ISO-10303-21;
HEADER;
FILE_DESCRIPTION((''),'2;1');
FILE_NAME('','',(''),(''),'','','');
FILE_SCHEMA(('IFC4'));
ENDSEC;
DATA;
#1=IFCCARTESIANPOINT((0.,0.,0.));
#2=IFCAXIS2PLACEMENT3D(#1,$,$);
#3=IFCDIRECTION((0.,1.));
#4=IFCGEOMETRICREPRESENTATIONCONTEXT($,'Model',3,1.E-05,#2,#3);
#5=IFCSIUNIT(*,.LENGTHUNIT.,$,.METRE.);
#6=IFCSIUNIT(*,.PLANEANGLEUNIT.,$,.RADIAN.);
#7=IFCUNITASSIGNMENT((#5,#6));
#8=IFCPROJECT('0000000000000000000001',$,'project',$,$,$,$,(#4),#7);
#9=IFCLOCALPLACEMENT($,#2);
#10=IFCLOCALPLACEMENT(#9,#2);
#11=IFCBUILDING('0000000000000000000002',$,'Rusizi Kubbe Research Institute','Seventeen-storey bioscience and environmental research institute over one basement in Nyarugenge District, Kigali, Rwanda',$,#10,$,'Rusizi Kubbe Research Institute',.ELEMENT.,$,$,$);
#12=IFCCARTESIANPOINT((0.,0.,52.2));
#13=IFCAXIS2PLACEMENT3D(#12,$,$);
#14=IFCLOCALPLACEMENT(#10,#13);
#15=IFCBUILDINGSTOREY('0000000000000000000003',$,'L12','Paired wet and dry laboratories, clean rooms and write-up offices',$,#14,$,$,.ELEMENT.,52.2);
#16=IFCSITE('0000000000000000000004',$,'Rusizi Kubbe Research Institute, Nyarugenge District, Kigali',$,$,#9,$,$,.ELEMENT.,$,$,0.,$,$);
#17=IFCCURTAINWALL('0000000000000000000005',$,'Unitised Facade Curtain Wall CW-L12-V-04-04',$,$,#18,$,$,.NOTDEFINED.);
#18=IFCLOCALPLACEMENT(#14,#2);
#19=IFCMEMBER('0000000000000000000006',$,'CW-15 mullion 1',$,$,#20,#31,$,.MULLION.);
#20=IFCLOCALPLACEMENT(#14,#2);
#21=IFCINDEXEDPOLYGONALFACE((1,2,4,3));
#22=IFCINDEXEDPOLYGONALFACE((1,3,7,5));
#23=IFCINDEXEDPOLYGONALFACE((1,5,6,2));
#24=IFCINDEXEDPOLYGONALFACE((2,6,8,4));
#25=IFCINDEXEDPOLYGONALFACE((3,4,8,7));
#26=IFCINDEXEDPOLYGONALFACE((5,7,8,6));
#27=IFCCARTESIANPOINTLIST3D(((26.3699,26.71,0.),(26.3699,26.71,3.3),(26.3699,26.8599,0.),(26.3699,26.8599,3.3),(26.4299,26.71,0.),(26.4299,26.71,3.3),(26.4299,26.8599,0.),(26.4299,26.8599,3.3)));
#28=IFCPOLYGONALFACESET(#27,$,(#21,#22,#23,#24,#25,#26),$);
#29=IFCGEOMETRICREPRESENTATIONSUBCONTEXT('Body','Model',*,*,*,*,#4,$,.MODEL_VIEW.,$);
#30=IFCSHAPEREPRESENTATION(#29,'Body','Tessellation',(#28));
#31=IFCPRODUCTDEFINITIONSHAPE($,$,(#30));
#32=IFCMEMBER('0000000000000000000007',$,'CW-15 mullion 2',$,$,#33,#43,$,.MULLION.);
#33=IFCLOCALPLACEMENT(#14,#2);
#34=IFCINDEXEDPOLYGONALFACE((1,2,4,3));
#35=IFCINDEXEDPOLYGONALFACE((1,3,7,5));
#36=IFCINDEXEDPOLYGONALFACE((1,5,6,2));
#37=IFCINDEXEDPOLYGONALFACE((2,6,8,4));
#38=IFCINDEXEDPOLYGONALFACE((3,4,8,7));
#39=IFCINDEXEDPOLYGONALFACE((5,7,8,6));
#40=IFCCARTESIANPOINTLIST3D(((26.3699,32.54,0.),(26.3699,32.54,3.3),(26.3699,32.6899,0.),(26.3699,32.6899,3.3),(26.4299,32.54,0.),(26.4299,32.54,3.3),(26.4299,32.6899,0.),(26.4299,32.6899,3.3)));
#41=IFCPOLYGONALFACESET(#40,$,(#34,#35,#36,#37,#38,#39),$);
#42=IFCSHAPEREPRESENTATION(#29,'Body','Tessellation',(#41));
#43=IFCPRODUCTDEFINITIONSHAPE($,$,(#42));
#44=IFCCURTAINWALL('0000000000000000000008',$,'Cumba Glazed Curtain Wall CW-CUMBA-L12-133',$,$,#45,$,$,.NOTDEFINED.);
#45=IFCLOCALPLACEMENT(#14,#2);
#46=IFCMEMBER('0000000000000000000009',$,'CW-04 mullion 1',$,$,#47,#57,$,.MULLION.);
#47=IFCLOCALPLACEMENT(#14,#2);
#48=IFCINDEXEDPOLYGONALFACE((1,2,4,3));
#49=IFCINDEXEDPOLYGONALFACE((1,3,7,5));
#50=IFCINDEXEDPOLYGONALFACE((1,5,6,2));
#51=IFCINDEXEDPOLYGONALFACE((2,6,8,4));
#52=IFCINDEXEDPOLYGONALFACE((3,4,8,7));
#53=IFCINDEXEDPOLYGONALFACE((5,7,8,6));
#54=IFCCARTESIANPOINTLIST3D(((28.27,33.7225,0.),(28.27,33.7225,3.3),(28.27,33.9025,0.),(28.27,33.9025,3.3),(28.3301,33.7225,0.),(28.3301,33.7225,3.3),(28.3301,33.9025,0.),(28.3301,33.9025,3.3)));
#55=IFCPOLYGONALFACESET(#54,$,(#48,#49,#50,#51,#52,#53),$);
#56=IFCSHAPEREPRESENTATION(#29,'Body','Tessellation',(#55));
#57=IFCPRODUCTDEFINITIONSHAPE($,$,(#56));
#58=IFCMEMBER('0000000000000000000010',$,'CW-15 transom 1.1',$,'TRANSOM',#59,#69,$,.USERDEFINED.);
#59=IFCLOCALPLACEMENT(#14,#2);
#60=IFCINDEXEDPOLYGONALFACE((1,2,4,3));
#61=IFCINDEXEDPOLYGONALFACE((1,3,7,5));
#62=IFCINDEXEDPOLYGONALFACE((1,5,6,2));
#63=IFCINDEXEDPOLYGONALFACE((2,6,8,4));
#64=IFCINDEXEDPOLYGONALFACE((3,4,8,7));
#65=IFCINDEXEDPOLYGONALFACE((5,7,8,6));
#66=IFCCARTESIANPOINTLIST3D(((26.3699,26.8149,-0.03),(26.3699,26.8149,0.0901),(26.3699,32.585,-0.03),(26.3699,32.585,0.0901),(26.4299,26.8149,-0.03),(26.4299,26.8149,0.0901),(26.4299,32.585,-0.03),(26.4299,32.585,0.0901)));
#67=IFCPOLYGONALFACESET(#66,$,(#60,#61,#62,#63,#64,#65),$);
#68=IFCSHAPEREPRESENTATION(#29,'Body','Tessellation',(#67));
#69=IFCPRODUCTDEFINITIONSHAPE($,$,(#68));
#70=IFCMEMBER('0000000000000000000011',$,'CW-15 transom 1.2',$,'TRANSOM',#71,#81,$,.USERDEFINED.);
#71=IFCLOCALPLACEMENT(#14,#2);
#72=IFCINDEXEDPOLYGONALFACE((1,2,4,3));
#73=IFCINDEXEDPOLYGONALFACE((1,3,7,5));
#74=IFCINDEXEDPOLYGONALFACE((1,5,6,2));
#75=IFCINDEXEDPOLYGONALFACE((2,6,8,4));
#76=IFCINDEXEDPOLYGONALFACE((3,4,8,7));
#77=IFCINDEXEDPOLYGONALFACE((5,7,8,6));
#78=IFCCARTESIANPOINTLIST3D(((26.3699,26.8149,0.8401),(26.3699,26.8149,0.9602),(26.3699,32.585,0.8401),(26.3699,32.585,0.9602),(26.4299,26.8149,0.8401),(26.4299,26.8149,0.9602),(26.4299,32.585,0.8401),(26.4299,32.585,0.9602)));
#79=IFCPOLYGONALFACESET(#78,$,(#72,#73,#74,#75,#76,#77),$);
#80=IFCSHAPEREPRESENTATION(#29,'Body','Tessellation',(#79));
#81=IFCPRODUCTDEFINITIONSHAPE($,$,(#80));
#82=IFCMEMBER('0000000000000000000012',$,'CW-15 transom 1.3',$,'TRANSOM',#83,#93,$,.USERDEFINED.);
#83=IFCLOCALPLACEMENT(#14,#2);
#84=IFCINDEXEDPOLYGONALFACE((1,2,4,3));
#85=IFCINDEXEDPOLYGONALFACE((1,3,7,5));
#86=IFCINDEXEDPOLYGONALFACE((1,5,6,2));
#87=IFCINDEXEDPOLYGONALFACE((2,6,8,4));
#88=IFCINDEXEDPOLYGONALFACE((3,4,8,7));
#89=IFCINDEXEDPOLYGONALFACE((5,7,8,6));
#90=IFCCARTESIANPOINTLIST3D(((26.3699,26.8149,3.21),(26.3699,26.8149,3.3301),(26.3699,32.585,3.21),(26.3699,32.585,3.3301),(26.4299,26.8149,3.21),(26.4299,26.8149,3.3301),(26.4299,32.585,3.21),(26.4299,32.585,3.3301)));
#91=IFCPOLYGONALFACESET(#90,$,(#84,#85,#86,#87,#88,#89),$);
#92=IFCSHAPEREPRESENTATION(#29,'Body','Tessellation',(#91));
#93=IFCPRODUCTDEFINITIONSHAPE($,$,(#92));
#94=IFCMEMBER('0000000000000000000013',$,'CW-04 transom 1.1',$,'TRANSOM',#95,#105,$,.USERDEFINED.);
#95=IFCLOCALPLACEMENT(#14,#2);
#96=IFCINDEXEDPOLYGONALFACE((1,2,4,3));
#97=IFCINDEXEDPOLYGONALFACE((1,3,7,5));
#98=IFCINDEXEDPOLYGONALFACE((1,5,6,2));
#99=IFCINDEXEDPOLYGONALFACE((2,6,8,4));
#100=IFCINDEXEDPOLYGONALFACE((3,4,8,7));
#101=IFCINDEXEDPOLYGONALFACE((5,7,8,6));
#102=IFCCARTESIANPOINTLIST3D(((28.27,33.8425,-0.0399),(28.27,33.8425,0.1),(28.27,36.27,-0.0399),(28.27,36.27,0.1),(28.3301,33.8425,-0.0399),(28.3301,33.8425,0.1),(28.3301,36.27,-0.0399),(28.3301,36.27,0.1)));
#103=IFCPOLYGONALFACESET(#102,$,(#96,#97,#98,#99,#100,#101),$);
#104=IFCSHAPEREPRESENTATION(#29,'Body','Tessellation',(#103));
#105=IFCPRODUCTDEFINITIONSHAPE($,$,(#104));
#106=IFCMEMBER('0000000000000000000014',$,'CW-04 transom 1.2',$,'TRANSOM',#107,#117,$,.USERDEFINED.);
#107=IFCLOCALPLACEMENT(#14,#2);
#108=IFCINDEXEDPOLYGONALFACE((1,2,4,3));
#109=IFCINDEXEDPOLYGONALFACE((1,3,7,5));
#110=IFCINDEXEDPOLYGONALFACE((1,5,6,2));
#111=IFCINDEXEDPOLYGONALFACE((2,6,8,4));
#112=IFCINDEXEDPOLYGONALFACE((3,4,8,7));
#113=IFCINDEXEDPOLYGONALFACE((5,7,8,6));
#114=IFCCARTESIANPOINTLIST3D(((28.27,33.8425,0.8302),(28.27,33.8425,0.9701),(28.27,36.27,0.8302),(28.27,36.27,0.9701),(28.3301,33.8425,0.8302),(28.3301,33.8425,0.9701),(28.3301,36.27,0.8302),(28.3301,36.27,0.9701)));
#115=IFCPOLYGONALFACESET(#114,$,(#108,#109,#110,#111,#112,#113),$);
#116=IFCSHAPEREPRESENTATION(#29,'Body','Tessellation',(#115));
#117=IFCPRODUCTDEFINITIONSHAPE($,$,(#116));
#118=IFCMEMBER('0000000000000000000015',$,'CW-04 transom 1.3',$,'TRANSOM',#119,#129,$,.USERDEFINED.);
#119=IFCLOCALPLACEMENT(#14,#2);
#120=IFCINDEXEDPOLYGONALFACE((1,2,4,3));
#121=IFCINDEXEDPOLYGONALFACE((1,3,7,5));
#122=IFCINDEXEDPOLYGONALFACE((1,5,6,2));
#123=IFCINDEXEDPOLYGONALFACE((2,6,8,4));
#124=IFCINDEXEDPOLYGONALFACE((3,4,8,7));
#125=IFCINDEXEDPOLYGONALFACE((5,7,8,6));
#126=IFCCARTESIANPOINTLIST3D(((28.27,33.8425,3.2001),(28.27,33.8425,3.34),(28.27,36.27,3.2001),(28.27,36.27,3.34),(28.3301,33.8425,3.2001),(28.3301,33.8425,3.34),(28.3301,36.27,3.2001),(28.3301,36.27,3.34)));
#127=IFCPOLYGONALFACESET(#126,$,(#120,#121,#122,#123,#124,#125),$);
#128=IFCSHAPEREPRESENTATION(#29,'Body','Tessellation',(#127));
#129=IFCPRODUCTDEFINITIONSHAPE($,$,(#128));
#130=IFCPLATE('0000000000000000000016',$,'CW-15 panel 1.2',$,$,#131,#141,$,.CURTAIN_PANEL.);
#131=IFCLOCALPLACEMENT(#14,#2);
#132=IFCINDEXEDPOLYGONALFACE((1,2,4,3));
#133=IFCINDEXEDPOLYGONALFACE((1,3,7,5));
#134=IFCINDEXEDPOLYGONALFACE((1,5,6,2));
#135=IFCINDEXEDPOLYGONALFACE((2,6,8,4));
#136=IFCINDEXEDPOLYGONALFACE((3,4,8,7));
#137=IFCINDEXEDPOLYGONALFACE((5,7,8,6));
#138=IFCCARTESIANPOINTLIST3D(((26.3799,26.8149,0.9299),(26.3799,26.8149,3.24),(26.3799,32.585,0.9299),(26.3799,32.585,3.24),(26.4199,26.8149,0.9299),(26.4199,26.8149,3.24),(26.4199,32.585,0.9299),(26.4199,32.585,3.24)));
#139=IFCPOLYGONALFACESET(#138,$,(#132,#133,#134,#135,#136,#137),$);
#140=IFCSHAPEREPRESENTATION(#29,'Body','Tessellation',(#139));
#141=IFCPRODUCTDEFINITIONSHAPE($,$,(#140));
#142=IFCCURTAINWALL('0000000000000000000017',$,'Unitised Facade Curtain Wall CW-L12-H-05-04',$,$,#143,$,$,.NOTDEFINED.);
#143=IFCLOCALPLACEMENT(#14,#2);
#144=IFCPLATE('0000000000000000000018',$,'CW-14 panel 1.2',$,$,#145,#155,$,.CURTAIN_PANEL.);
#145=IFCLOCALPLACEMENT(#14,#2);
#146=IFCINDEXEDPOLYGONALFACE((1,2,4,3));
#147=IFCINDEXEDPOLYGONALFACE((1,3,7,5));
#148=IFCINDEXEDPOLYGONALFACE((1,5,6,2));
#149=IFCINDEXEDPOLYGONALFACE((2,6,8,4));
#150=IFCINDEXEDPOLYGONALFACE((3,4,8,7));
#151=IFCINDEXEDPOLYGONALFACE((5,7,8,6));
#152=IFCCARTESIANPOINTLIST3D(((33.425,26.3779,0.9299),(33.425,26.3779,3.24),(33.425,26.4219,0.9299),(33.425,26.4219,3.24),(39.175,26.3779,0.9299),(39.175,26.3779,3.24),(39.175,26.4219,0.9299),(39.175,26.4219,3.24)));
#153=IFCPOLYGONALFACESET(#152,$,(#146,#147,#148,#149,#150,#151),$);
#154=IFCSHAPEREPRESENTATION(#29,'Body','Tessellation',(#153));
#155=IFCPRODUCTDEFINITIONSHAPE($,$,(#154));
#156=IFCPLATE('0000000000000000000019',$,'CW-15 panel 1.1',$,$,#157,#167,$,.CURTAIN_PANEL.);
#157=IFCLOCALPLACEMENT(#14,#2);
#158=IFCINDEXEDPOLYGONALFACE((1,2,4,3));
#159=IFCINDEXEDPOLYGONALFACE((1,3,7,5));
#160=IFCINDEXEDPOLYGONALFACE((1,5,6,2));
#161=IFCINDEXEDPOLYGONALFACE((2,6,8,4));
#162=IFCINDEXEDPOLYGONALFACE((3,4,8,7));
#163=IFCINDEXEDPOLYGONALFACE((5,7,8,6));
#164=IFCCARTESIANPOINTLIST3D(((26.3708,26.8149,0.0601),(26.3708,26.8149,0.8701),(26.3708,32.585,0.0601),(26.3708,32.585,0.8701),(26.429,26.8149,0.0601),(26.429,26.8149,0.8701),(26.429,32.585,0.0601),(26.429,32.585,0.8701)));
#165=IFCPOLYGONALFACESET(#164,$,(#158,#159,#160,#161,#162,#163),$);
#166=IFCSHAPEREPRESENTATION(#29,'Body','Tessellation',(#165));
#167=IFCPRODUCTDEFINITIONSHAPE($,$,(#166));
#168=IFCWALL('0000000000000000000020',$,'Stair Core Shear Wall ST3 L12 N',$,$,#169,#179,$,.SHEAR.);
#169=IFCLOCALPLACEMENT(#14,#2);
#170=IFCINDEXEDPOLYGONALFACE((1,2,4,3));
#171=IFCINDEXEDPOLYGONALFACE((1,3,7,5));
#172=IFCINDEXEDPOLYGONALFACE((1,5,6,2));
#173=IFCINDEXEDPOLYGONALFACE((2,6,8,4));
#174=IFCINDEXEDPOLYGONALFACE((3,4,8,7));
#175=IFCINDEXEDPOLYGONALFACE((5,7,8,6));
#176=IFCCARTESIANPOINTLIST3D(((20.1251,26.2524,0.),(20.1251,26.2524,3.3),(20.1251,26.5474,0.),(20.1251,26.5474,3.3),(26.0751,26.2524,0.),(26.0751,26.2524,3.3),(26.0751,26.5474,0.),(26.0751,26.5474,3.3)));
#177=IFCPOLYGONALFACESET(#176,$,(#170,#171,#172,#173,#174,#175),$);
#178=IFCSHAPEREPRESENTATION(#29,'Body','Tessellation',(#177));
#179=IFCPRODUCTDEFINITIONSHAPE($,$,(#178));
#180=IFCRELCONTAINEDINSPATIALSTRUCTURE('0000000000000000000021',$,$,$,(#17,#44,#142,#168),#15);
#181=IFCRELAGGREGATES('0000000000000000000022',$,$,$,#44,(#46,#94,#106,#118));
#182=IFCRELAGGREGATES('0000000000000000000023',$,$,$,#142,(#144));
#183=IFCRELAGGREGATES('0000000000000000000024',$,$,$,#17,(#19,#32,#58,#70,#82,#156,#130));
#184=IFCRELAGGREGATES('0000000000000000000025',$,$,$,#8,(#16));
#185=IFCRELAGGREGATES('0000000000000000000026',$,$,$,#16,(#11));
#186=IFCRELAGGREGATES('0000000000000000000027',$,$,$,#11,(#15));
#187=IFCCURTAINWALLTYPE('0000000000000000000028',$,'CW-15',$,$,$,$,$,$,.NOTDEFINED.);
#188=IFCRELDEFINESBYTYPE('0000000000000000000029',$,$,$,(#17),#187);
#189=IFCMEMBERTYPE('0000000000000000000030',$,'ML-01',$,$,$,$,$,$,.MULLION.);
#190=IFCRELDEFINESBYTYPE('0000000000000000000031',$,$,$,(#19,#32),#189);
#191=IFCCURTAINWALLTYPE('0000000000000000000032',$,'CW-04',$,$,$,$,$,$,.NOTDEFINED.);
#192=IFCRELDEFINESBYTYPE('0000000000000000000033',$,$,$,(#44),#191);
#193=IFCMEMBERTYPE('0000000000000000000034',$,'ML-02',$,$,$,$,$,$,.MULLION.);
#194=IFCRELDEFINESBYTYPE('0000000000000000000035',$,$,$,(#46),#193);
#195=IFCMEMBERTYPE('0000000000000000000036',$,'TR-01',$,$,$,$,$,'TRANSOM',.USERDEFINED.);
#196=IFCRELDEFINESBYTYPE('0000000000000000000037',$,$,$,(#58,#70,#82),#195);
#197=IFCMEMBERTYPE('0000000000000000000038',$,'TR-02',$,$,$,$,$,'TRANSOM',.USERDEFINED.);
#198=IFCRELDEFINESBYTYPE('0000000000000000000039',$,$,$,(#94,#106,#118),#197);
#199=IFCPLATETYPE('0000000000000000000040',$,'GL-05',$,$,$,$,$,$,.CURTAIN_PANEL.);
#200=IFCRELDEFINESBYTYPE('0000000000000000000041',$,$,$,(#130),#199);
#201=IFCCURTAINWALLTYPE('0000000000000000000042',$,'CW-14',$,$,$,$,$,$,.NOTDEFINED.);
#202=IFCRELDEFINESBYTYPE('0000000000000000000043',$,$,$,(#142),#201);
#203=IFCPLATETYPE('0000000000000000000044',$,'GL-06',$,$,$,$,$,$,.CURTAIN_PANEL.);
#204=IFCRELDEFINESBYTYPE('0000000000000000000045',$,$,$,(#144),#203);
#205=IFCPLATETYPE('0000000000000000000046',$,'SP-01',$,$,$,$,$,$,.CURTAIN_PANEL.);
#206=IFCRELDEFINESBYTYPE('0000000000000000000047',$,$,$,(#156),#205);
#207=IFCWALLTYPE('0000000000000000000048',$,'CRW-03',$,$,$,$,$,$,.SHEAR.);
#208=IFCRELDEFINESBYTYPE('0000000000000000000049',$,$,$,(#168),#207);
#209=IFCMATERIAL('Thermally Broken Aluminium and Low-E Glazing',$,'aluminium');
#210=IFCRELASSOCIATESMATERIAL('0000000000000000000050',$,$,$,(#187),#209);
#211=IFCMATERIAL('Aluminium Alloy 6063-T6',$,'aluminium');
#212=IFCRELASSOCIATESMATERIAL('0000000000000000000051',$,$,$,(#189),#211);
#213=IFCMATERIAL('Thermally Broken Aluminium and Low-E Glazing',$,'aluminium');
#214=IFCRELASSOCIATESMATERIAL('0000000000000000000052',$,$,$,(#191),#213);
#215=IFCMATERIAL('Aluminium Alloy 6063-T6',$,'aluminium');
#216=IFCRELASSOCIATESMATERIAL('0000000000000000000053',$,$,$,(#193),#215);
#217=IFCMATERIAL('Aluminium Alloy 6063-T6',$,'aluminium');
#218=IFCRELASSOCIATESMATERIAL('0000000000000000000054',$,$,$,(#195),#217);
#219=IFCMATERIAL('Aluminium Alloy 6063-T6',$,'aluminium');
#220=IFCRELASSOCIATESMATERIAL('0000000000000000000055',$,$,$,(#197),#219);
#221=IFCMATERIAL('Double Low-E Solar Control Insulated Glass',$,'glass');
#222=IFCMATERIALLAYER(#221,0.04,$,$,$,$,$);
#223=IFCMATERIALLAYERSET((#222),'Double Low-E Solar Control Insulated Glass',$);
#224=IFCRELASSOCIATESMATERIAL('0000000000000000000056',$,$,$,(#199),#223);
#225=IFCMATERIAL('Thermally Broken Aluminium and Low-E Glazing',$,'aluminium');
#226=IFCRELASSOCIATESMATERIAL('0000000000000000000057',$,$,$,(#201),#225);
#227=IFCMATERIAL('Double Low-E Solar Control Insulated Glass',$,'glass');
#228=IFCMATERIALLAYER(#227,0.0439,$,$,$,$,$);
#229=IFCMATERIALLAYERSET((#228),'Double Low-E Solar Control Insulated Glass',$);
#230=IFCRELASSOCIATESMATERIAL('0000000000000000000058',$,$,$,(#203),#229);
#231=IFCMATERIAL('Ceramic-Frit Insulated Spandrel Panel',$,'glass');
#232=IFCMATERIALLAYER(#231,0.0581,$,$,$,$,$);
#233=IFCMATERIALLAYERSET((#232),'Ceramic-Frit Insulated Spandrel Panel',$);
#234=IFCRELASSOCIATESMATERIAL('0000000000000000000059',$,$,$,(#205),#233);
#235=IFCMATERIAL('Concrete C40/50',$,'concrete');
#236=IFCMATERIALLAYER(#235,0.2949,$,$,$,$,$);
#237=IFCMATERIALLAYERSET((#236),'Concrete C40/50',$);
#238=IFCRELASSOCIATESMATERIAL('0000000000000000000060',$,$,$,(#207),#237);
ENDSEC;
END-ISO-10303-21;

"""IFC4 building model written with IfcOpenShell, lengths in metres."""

from ifc_helpers import new_model, si_unit, direction, frame, frame_2d, origin, origin_2d, place, context, subcontext, project, spatial, rectangle, extrude, material, layer, layer_set, material_profile, profile_set, type_object, element, aggregate, save


model = new_model("IFC4")

# Units and contexts
model_context = context("Model", 3, precision=1e-05, world=origin(), true_north=direction((0.0, 1.0)))
body_context = subcontext(model_context, "Body", "Model", "MODEL_VIEW")
ifc_project = project(units=[si_unit("LENGTHUNIT", "METRE"), si_unit("PLANEANGLEUNIT", "RADIAN")], contexts=[model_context])

# Site, building, storey
site_placement = place(None, origin())
site = spatial("IfcSite", under=ifc_project, at=site_placement, Name="Rusizi Kubbe Research Institute, Nyarugenge District, Kigali", CompositionType="ELEMENT", RefElevation=0.0)
building_placement = place(site_placement, origin())
building = spatial("IfcBuilding", under=site, at=building_placement, Name="Rusizi Kubbe Research Institute", Description="Seventeen-storey bioscience and environmental research institute over one basement in Nyarugenge District, Kigali, Rwanda", LongName="Rusizi Kubbe Research Institute", CompositionType="ELEMENT")
storey_placement = place(building_placement, frame((0.0, 0.0, 52.2)))
storey = spatial("IfcBuildingStorey", under=building, at=storey_placement, Name="L12", Description="Paired wet and dry laboratories, clean rooms and write-up offices", CompositionType="ELEMENT", Elevation=52.2)

# Curtain wall, members
ifc_material_1 = material(Name="Thermally Broken Aluminium and Low-E Glazing", Category="aluminium")
curtain_wall_type_1 = type_object("IfcCurtainWallType", Name="CW-15", PredefinedType="NOTDEFINED", material=ifc_material_1)
curtain_wall_1_placement = place(storey_placement, origin())
curtain_wall_1 = element("IfcCurtainWall", 1, at=curtain_wall_1_placement, inside=storey, type_object=curtain_wall_type_1, Name="Unitised Facade Curtain Wall CW-L12-V-04-04", PredefinedType="NOTDEFINED")
ifc_material_2 = material(Name="Aluminium Alloy 6063-T6", Category="aluminium")
ifc_material_profile_1 = material_profile(ifc_material_2, rectangle(XDim=0.0601, YDim=0.1499, at=origin_2d()), Name="ALU-M 60x150")
ifc_profile_set_1 = profile_set([ifc_material_profile_1], Name="Aluminium Alloy 6063-T6")
member_type_1 = type_object("IfcMemberType", Name="ML-01", PredefinedType="MULLION", material=ifc_profile_set_1)
member_1_placement = place(storey_placement, frame((26.3999, 26.7849, 0.0), z_axis=(0.0, 0.0, 1.0), x_axis=(-1.0, 0.0, 0.0)))
member_1 = element("IfcMember", 2, at=member_1_placement, type_object=member_type_1, Name="CW-15 mullion 1", PredefinedType="MULLION", context=body_context, shape_type="SweptSolid", body=[
    extrude(rectangle(XDim=0.0601, YDim=0.1499, at=origin_2d()), origin(), (0.0, 0.0, 1.0), 3.3),
])
member_2_placement = place(storey_placement, frame((26.3999, 32.615, 0.0), z_axis=(0.0, 0.0, 1.0), x_axis=(-1.0, 0.0, 0.0)))
member_2 = element("IfcMember", 3, at=member_2_placement, type_object=member_type_1, Name="CW-15 mullion 2", PredefinedType="MULLION", context=body_context, shape_type="SweptSolid", body=[
    extrude(rectangle(XDim=0.0601, YDim=0.1499, at=origin_2d()), origin(), (0.0, 0.0, 1.0), 3.3),
])

# Curtain wall, member
ifc_material_3 = material(Name="Thermally Broken Aluminium and Low-E Glazing", Category="aluminium")
curtain_wall_type_2 = type_object("IfcCurtainWallType", Name="CW-04", PredefinedType="NOTDEFINED", material=ifc_material_3)
curtain_wall_2_placement = place(storey_placement, origin())
curtain_wall_2 = element("IfcCurtainWall", 4, at=curtain_wall_2_placement, inside=storey, type_object=curtain_wall_type_2, Name="Cumba Glazed Curtain Wall CW-CUMBA-L12-133", PredefinedType="NOTDEFINED")
ifc_material_4 = material(Name="Aluminium Alloy 6063-T6", Category="aluminium")
ifc_material_profile_2 = material_profile(ifc_material_4, rectangle(XDim=0.0601, YDim=0.1799, at=origin_2d()), Name="ALU-M 60x180")
ifc_profile_set_2 = profile_set([ifc_material_profile_2], Name="Aluminium Alloy 6063-T6")
member_type_2 = type_object("IfcMemberType", Name="ML-02", PredefinedType="MULLION", material=ifc_profile_set_2)
member_3_placement = place(storey_placement, frame((28.3, 33.8125, 0.0), z_axis=(0.0, 0.0, 1.0), x_axis=(-1.0, 0.0, 0.0)))
member_3 = element("IfcMember", 5, at=member_3_placement, type_object=member_type_2, Name="CW-04 mullion 1", PredefinedType="MULLION", context=body_context, shape_type="SweptSolid", body=[
    extrude(rectangle(XDim=0.0601, YDim=0.1799, at=origin_2d()), origin(), (0.0, 0.0, 1.0), 3.3),
])

# Members
ifc_material_5 = material(Name="Aluminium Alloy 6063-T6", Category="aluminium")
ifc_material_profile_3 = material_profile(ifc_material_5, rectangle(XDim=0.0601, YDim=0.1201, at=origin_2d()), Name="ALU-T 60x120")
ifc_profile_set_3 = profile_set([ifc_material_profile_3], Name="Aluminium Alloy 6063-T6")
member_type_3 = type_object("IfcMemberType", Name="TR-01", ElementType="TRANSOM", PredefinedType="USERDEFINED", material=ifc_profile_set_3)
member_4_placement = place(storey_placement, frame((26.3999, 26.8149, 0.03), z_axis=(0.0, 1.0, 0.0), x_axis=(-1.0, 0.0, 0.0)))
member_4 = element("IfcMember", 6, at=member_4_placement, type_object=member_type_3, Name="CW-15 transom 1.1", ObjectType="TRANSOM", PredefinedType="USERDEFINED", context=body_context, shape_type="SweptSolid", body=[
    extrude(rectangle(XDim=0.0601, YDim=0.1201, at=origin_2d()), origin(), (0.0, 0.0, 1.0), 5.77),
])
member_5_placement = place(storey_placement, frame((26.3999, 26.8149, 0.9001), z_axis=(0.0, 1.0, 0.0), x_axis=(-1.0, 0.0, 0.0)))
member_5 = element("IfcMember", 7, at=member_5_placement, type_object=member_type_3, Name="CW-15 transom 1.2", ObjectType="TRANSOM", PredefinedType="USERDEFINED", context=body_context, shape_type="SweptSolid", body=[
    extrude(rectangle(XDim=0.0601, YDim=0.1201, at=origin_2d()), origin(), (0.0, 0.0, 1.0), 5.77),
])
member_6_placement = place(storey_placement, frame((26.3999, 26.8149, 3.27), z_axis=(0.0, 1.0, 0.0), x_axis=(-1.0, 0.0, 0.0)))
member_6 = element("IfcMember", 8, at=member_6_placement, type_object=member_type_3, Name="CW-15 transom 1.3", ObjectType="TRANSOM", PredefinedType="USERDEFINED", context=body_context, shape_type="SweptSolid", body=[
    extrude(rectangle(XDim=0.0601, YDim=0.1201, at=origin_2d()), origin(), (0.0, 0.0, 1.0), 5.77),
])
ifc_material_6 = material(Name="Aluminium Alloy 6063-T6", Category="aluminium")
ifc_material_profile_4 = material_profile(ifc_material_6, rectangle(XDim=0.0601, YDim=0.1399, at=origin_2d()), Name="ALU-T 60x140")
ifc_profile_set_4 = profile_set([ifc_material_profile_4], Name="Aluminium Alloy 6063-T6")
member_type_4 = type_object("IfcMemberType", Name="TR-02", ElementType="TRANSOM", PredefinedType="USERDEFINED", material=ifc_profile_set_4)
member_7_placement = place(storey_placement, frame((28.3, 33.8425, 0.03), z_axis=(0.0, 1.0, 0.0), x_axis=(-1.0, 0.0, 0.0)))
member_7 = element("IfcMember", 9, at=member_7_placement, type_object=member_type_4, Name="CW-04 transom 1.1", ObjectType="TRANSOM", PredefinedType="USERDEFINED", context=body_context, shape_type="SweptSolid", body=[
    extrude(rectangle(XDim=0.0601, YDim=0.1399, at=origin_2d()), origin(), (0.0, 0.0, 1.0), 2.4275),
])
member_8_placement = place(storey_placement, frame((28.3, 33.8425, 0.9001), z_axis=(0.0, 1.0, 0.0), x_axis=(-1.0, 0.0, 0.0)))
member_8 = element("IfcMember", 10, at=member_8_placement, type_object=member_type_4, Name="CW-04 transom 1.2", ObjectType="TRANSOM", PredefinedType="USERDEFINED", context=body_context, shape_type="SweptSolid", body=[
    extrude(rectangle(XDim=0.0601, YDim=0.1399, at=origin_2d()), origin(), (0.0, 0.0, 1.0), 2.4275),
])
member_9_placement = place(storey_placement, frame((28.3, 33.8425, 3.27), z_axis=(0.0, 1.0, 0.0), x_axis=(-1.0, 0.0, 0.0)))
member_9 = element("IfcMember", 11, at=member_9_placement, type_object=member_type_4, Name="CW-04 transom 1.3", ObjectType="TRANSOM", PredefinedType="USERDEFINED", context=body_context, shape_type="SweptSolid", body=[
    extrude(rectangle(XDim=0.0601, YDim=0.1399, at=origin_2d()), origin(), (0.0, 0.0, 1.0), 2.4275),
])
aggregate(curtain_wall_2, [member_3, member_7, member_8, member_9])

# Plate
ifc_material_7 = material(Name="Double Low-E Solar Control Insulated Glass", Category="glass")
ifc_layer_1 = layer(ifc_material_7, 0.04)
ifc_layer_set_1 = layer_set([ifc_layer_1], Name="Double Low-E Solar Control Insulated Glass")
plate_type_1 = type_object("IfcPlateType", Name="GL-05", PredefinedType="CURTAIN_PANEL", material=ifc_layer_set_1)
plate_1_placement = place(storey_placement, frame((26.3999, 29.7, 0.9299), z_axis=(0.0, 0.0, 1.0), x_axis=(0.0, 1.0, 0.0)))
plate_1 = element("IfcPlate", 12, at=plate_1_placement, type_object=plate_type_1, Name="CW-15 panel 1.2", PredefinedType="CURTAIN_PANEL", context=body_context, shape_type="SweptSolid", body=[
    extrude(rectangle(XDim=5.77, YDim=0.04, at=origin_2d()), origin(), (0.0, 0.0, 1.0), 2.3101),
])

# Curtain wall, plate
ifc_material_8 = material(Name="Thermally Broken Aluminium and Low-E Glazing", Category="aluminium")
curtain_wall_type_3 = type_object("IfcCurtainWallType", Name="CW-14", PredefinedType="NOTDEFINED", material=ifc_material_8)
curtain_wall_3_placement = place(storey_placement, origin())
curtain_wall_3 = element("IfcCurtainWall", 13, at=curtain_wall_3_placement, inside=storey, type_object=curtain_wall_type_3, Name="Unitised Facade Curtain Wall CW-L12-H-05-04", PredefinedType="NOTDEFINED")
ifc_material_9 = material(Name="Double Low-E Solar Control Insulated Glass", Category="glass")
ifc_layer_2 = layer(ifc_material_9, 0.0439)
ifc_layer_set_2 = layer_set([ifc_layer_2], Name="Double Low-E Solar Control Insulated Glass")
plate_type_2 = type_object("IfcPlateType", Name="GL-06", PredefinedType="CURTAIN_PANEL", material=ifc_layer_set_2)
plate_2_placement = place(storey_placement, frame((36.3, 26.3999, 0.9299), z_axis=(0.0, 0.0, 1.0), x_axis=(1.0, 0.0, 0.0)))
plate_2 = element("IfcPlate", 14, at=plate_2_placement, type_object=plate_type_2, Name="CW-14 panel 1.2", PredefinedType="CURTAIN_PANEL", context=body_context, shape_type="SweptSolid", body=[
    extrude(rectangle(XDim=5.75, YDim=0.0439, at=origin_2d()), origin(), (0.0, 0.0, 1.0), 2.3101),
])
aggregate(curtain_wall_3, [plate_2])

# Plate
ifc_material_10 = material(Name="Ceramic-Frit Insulated Spandrel Panel", Category="glass")
ifc_layer_3 = layer(ifc_material_10, 0.0581)
ifc_layer_set_3 = layer_set([ifc_layer_3], Name="Ceramic-Frit Insulated Spandrel Panel")
plate_type_3 = type_object("IfcPlateType", Name="SP-01", PredefinedType="CURTAIN_PANEL", material=ifc_layer_set_3)
plate_3_placement = place(storey_placement, frame((26.3999, 29.7, 0.0601), z_axis=(0.0, 0.0, 1.0), x_axis=(0.0, 1.0, 0.0)))
plate_3 = element("IfcPlate", 15, at=plate_3_placement, type_object=plate_type_3, Name="CW-15 panel 1.1", PredefinedType="CURTAIN_PANEL", context=body_context, shape_type="SweptSolid", body=[
    extrude(rectangle(XDim=5.77, YDim=0.0581, at=origin_2d()), origin(), (0.0, 0.0, 1.0), 0.8101),
])
aggregate(curtain_wall_1, [member_1, member_2, member_4, member_5, member_6, plate_3, plate_1])

# Wall
ifc_material_11 = material(Name="Concrete C40/50", Category="concrete")
ifc_layer_4 = layer(ifc_material_11, 0.2949)
ifc_layer_set_4 = layer_set([ifc_layer_4], Name="Concrete C40/50")
wall_type_1 = type_object("IfcWallType", Name="CRW-03", PredefinedType="SHEAR", material=ifc_layer_set_4)
wall_1_placement = place(storey_placement, frame((20.125, 26.3999, 0.0), z_axis=(0.0, 0.0, 1.0), x_axis=(1.0, 0.0, 0.0)))
element("IfcWall", 16, at=wall_1_placement, inside=storey, type_object=wall_type_1, Name="Stair Core Shear Wall ST3 L12 N", PredefinedType="SHEAR", context=body_context, shape_type="SweptSolid", body=[
    extrude(rectangle(XDim=5.95, YDim=0.2949, at=frame_2d((2.9751, 0.0))), origin(), (0.0, 0.0, 1.0), 3.3),
])

save(model, "model.ifc")
